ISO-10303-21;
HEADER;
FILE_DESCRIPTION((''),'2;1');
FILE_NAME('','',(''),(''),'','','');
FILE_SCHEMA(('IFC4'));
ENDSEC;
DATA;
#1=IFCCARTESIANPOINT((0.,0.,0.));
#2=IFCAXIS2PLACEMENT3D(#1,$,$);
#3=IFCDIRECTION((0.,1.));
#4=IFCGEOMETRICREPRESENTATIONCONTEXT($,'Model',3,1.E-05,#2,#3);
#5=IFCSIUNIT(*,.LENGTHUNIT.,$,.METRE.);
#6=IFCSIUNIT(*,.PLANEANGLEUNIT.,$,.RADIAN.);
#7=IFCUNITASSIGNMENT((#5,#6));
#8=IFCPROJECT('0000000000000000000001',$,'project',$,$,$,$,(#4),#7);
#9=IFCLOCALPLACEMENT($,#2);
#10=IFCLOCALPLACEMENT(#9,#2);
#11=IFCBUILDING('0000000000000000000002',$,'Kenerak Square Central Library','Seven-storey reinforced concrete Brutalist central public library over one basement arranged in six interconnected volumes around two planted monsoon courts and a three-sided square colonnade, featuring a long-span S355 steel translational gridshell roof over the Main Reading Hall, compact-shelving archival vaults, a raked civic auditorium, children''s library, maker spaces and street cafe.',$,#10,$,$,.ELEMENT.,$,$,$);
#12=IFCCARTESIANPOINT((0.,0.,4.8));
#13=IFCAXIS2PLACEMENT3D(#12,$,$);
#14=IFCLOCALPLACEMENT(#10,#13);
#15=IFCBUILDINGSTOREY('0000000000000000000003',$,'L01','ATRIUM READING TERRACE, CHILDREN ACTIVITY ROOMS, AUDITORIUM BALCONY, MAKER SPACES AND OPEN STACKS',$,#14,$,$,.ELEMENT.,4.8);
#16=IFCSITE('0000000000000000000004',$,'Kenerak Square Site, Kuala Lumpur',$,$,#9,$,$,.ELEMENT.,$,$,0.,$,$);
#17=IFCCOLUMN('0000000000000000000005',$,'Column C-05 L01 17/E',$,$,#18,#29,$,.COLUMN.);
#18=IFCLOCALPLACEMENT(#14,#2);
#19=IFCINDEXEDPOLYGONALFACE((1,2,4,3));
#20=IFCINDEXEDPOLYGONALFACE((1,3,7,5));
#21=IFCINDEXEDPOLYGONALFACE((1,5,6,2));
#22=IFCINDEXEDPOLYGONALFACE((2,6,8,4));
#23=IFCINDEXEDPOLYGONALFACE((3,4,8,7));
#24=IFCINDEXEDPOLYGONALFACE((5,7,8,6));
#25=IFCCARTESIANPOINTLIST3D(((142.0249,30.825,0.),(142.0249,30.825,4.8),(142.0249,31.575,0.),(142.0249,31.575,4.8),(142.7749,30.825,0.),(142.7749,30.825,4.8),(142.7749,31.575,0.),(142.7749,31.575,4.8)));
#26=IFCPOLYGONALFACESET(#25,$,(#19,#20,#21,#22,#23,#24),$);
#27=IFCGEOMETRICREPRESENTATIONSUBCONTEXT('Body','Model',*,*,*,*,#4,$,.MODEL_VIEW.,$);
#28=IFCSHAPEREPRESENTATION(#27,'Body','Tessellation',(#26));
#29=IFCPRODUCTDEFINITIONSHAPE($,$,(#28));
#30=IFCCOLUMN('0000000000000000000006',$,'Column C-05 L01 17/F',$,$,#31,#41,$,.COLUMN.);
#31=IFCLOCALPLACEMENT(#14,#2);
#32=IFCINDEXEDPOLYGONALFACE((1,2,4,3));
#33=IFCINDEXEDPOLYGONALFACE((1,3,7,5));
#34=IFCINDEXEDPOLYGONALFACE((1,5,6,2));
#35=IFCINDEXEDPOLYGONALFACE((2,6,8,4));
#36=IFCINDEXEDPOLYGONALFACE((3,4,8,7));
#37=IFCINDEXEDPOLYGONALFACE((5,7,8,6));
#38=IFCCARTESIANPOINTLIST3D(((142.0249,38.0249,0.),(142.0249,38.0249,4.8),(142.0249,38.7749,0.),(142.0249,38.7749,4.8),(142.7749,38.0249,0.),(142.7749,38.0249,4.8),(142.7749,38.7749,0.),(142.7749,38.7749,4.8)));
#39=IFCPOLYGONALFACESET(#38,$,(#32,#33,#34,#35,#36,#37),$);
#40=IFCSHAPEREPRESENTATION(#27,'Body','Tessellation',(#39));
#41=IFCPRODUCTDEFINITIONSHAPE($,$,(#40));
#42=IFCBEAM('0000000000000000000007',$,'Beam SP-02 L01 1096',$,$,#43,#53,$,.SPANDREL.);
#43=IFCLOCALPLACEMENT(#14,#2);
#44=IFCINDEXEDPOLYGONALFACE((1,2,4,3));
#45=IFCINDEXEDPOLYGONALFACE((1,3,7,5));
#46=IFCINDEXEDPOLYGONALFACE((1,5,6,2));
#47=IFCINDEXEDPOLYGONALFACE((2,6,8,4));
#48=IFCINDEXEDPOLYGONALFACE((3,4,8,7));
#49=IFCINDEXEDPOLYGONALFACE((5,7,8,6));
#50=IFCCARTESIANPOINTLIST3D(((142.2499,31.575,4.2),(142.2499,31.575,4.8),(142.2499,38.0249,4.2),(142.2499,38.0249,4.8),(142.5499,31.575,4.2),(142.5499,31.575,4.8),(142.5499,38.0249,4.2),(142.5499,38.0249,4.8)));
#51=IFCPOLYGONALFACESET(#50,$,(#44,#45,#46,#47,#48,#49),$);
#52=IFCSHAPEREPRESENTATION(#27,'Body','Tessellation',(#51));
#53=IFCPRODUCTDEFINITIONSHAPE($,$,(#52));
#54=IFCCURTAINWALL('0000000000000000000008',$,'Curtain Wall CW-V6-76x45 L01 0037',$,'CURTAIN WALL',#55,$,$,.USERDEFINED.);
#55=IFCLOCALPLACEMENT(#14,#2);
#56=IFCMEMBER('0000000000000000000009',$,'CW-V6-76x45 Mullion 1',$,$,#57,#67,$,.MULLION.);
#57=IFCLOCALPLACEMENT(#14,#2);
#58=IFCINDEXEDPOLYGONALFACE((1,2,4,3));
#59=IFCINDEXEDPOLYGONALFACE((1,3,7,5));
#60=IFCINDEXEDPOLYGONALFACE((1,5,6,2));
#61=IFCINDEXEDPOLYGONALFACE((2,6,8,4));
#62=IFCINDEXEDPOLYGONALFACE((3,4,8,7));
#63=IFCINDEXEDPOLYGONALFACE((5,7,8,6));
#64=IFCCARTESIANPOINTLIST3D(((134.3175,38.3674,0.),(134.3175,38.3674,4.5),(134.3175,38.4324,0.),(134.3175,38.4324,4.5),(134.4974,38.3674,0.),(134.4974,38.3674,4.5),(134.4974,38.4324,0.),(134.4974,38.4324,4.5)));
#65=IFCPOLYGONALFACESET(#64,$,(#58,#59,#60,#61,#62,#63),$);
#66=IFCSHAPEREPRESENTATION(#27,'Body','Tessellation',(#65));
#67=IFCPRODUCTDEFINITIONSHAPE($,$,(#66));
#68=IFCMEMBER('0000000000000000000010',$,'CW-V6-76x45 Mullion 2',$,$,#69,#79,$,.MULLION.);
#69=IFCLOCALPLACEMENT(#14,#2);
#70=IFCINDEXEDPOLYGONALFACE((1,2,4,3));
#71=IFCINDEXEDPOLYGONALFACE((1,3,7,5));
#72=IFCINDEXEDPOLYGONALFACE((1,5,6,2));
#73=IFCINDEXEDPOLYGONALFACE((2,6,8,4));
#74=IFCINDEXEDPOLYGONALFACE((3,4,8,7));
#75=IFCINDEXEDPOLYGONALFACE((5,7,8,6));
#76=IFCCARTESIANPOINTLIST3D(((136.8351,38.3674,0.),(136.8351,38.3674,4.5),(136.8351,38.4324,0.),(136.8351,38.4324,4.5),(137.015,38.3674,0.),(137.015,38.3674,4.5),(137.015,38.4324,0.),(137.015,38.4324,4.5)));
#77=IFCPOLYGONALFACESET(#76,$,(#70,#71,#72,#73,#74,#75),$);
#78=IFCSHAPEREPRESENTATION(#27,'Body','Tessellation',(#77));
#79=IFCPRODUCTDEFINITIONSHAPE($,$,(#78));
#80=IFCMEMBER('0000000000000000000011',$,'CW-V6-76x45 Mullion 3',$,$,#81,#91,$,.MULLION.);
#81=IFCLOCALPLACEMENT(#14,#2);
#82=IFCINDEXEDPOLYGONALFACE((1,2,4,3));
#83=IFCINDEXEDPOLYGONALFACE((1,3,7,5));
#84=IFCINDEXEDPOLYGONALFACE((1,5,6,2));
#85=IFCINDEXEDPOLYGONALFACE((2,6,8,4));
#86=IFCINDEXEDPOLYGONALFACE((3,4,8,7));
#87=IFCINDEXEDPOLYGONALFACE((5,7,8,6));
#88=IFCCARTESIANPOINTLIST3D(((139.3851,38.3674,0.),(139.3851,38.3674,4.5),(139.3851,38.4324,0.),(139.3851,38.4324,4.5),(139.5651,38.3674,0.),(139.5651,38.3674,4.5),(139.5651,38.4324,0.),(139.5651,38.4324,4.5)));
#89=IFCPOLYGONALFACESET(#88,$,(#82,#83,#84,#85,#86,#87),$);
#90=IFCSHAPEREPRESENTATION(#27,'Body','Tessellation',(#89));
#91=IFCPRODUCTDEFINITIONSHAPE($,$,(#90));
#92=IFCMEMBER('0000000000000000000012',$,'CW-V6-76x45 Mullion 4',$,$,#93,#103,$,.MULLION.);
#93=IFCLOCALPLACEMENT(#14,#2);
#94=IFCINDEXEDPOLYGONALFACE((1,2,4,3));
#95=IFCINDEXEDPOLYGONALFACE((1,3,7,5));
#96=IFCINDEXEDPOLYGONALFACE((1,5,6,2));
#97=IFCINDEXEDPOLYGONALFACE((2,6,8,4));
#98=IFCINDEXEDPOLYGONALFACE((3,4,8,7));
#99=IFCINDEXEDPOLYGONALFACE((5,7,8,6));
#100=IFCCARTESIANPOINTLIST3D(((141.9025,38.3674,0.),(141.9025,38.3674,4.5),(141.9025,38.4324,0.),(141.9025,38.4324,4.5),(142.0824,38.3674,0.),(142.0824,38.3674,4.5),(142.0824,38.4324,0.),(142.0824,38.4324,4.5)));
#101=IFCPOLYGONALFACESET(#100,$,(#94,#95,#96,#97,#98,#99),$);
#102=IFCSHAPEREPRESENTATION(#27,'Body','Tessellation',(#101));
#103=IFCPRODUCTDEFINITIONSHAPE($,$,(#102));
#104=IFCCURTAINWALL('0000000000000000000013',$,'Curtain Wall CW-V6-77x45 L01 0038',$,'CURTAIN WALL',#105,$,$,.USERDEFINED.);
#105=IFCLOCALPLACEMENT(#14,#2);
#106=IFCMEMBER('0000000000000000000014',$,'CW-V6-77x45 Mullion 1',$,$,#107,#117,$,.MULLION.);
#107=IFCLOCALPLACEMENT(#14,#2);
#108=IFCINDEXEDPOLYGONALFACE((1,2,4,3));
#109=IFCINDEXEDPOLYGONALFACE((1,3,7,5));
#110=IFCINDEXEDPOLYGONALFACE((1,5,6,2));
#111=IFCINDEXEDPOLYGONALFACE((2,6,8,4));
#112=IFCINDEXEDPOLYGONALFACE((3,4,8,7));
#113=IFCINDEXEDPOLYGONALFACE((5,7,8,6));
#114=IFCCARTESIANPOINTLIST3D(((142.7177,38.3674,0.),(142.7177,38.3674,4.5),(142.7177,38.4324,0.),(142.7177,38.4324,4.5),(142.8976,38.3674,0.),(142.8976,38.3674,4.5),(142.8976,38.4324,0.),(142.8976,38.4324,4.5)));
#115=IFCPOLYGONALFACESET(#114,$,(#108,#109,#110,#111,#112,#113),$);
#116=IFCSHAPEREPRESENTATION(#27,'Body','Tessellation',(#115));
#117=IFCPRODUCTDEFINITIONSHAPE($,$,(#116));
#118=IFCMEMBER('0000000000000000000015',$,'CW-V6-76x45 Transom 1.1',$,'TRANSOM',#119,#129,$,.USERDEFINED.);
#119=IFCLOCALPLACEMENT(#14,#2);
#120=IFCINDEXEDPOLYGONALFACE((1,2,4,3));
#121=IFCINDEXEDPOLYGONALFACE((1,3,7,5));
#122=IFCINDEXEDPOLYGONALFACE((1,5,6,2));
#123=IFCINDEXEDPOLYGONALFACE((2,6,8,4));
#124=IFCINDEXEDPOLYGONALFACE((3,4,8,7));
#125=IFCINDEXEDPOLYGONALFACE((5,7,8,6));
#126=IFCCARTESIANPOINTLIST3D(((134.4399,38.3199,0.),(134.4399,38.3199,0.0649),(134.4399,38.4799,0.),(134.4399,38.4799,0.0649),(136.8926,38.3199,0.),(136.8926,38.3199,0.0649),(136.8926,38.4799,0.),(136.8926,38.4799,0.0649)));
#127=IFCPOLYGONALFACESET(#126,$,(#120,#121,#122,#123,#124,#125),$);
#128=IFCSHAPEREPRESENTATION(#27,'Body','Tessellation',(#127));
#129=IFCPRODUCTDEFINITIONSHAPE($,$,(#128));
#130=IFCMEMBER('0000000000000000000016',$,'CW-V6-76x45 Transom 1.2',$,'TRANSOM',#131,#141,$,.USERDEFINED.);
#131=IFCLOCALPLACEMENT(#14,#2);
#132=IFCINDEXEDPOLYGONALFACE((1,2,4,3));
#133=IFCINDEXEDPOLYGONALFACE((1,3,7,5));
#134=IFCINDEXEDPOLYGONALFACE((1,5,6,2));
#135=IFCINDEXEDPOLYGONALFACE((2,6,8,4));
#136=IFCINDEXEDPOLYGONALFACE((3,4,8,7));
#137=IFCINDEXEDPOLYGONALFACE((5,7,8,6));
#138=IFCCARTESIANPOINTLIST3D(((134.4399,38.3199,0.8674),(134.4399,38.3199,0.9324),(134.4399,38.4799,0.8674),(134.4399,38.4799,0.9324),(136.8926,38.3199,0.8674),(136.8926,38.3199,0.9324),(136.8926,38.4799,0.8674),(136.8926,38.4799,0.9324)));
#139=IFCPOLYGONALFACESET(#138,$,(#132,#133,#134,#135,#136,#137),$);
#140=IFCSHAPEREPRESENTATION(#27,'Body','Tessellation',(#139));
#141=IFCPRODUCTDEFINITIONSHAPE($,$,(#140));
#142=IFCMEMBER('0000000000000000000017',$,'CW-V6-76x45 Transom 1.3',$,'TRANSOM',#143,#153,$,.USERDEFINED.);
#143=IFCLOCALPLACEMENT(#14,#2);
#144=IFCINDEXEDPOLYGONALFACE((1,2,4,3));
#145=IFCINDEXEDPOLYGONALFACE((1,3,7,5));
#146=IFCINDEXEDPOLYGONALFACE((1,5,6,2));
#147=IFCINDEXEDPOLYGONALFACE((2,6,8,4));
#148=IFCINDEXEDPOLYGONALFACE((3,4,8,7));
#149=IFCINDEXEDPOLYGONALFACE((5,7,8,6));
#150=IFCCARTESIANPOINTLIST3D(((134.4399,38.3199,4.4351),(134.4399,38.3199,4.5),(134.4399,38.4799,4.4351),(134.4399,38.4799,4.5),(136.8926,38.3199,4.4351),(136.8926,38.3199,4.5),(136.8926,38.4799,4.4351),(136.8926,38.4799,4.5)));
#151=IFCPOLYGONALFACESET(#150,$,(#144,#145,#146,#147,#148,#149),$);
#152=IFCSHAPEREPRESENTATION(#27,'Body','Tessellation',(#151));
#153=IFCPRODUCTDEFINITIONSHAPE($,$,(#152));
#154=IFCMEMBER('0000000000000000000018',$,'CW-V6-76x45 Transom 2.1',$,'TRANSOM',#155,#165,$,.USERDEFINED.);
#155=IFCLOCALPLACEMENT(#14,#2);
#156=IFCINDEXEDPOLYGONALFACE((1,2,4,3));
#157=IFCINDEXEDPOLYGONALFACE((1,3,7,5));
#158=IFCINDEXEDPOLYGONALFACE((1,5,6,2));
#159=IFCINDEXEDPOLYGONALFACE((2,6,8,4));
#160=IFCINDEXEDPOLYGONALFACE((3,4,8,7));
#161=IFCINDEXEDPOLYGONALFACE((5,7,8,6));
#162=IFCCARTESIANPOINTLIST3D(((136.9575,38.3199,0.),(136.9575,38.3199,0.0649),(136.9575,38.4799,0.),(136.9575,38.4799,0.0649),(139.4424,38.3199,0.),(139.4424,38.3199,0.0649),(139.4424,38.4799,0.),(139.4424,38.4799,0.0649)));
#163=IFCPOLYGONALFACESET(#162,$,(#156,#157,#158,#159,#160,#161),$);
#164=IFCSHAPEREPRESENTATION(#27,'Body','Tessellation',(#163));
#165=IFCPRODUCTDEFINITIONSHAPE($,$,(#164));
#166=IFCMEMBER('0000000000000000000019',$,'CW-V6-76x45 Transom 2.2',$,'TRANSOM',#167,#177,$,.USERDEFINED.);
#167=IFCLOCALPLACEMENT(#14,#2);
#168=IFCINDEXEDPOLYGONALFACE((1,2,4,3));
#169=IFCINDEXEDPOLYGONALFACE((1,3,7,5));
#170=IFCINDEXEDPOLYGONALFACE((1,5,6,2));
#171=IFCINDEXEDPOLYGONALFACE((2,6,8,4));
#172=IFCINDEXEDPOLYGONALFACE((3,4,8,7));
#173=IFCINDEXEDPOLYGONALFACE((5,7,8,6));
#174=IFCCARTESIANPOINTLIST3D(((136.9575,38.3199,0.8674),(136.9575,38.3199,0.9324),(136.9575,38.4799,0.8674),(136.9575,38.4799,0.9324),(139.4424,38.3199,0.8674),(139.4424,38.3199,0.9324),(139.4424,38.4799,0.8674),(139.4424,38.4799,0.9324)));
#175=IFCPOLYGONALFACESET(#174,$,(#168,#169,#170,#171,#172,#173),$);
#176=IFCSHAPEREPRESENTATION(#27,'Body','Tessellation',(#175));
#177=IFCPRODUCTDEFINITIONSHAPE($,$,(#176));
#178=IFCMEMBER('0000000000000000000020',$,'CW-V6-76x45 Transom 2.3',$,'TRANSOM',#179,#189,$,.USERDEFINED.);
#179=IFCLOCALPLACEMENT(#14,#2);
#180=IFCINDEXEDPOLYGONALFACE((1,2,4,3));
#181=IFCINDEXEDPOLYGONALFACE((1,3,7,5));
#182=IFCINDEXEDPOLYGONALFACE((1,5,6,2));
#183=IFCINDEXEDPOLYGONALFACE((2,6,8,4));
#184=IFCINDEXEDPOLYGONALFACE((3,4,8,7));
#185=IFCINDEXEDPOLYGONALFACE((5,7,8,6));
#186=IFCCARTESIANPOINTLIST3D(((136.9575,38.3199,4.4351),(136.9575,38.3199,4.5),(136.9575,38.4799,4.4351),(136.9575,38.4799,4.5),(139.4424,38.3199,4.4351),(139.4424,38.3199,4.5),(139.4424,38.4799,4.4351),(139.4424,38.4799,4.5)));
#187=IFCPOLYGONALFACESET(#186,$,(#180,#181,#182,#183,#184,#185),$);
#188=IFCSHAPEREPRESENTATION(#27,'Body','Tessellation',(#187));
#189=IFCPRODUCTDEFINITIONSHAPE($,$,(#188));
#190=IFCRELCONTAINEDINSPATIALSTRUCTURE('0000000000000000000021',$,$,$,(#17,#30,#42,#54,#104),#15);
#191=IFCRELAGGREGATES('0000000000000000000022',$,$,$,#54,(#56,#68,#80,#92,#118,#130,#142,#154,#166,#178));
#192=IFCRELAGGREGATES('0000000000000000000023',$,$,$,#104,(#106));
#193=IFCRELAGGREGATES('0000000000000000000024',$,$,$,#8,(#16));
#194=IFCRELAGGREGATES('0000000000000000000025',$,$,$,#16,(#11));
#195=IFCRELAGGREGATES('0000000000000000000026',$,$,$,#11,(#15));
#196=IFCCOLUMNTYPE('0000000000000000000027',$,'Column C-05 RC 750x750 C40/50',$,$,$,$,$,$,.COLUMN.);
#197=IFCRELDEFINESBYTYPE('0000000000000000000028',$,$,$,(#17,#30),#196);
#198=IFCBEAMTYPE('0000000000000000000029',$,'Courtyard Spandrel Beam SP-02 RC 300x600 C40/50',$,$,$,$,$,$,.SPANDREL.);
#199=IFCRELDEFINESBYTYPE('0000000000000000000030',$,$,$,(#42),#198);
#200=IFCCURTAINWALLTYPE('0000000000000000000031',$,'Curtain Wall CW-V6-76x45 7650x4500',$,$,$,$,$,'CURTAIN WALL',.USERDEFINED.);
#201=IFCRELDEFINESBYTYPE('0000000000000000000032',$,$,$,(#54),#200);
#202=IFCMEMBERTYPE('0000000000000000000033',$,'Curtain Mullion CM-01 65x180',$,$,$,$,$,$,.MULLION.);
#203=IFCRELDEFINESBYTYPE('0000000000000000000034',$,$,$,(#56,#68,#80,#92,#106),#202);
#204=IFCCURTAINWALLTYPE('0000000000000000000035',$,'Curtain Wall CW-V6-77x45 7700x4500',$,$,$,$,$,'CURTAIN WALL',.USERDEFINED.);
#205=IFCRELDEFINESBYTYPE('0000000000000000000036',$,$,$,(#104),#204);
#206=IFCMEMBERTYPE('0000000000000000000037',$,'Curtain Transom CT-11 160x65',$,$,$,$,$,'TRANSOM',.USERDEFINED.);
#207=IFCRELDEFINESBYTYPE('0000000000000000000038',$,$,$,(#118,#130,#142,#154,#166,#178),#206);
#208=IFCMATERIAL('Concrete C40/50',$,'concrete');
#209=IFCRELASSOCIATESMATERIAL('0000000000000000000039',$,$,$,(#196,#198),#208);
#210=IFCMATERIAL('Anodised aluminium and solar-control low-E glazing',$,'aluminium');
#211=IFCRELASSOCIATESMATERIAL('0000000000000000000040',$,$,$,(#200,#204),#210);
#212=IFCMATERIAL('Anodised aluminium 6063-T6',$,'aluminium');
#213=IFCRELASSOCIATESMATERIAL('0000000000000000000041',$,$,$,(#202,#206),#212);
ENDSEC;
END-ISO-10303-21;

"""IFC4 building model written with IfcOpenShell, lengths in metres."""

from ifc_helpers import new_model, si_unit, direction, frame, origin, origin_2d, place, context, subcontext, project, spatial, rectangle, extrude, material, material_profile, profile_set, type_object, element, aggregate, save


model = new_model("IFC4")

# Units and contexts
model_context = context("Model", 3, precision=1e-05, world=origin(), true_north=direction((0.0, 1.0)))
body_context = subcontext(model_context, "Body", "Model", "MODEL_VIEW")
ifc_project = project(units=[si_unit("LENGTHUNIT", "METRE"), si_unit("PLANEANGLEUNIT", "RADIAN")], contexts=[model_context])

# Site, building, storey
site_placement = place(None, origin())
site = spatial("IfcSite", under=ifc_project, at=site_placement, Name="Kenerak Square Site, Kuala Lumpur", CompositionType="ELEMENT", RefElevation=0.0)
building_placement = place(site_placement, origin())
building = spatial("IfcBuilding", under=site, at=building_placement, Name="Kenerak Square Central Library", Description="Seven-storey reinforced concrete Brutalist central public library over one basement arranged in six interconnected volumes around two planted monsoon courts and a three-sided square colonnade, featuring a long-span S355 steel translational gridshell roof over the Main Reading Hall, compact-shelving archival vaults, a raked civic auditorium, children's library, maker spaces and street cafe.", CompositionType="ELEMENT")
storey_placement = place(building_placement, frame((0.0, 0.0, 4.8)))
storey = spatial("IfcBuildingStorey", under=building, at=storey_placement, Name="L01", Description="ATRIUM READING TERRACE, CHILDREN ACTIVITY ROOMS, AUDITORIUM BALCONY, MAKER SPACES AND OPEN STACKS", CompositionType="ELEMENT", Elevation=4.8)

# Columns
ifc_material_1 = material(Name="Concrete C40/50", Category="concrete")
ifc_material_profile_1 = material_profile(ifc_material_1, rectangle(XDim=0.75, YDim=0.75, at=origin_2d()), Name="RC 750x750")
ifc_profile_set_1 = profile_set([ifc_material_profile_1], Name="Concrete C40/50")
column_type = type_object("IfcColumnType", Name="Column C-05 RC 750x750 C40/50", PredefinedType="COLUMN", material=ifc_profile_set_1)
for number, where, z_axis, x_axis, name in (
    (1, (142.3999, 31.2, 0.0), (0.0, 0.0, 1.0), (1.0, 0.0, 0.0), "Column C-05 L01 17/E"),
    (2, (142.3999, 38.3999, 0.0), (0.0, 0.0, 1.0), (1.0, 0.0, 0.0), "Column C-05 L01 17/F"),
):
    element("IfcColumn", number, at=place(storey_placement, frame(where, z_axis=z_axis, x_axis=x_axis)), inside=storey, type_object=column_type, Name=name, PredefinedType="COLUMN", context=body_context, shape_type="SweptSolid", body=[
        extrude(rectangle(XDim=0.75, YDim=0.75, at=origin_2d()), origin(), (0.0, 0.0, 1.0), 4.8),
    ])

# Beam
ifc_material_profile_2 = material_profile(ifc_material_1, rectangle(XDim=0.3, YDim=0.6001, at=origin_2d()), Name="RC 300x600")
ifc_profile_set_2 = profile_set([ifc_material_profile_2], Name="Concrete C40/50")
beam_type_1 = type_object("IfcBeamType", Name="Courtyard Spandrel Beam SP-02 RC 300x600 C40/50", PredefinedType="SPANDREL", material=ifc_profile_set_2)
beam_1_placement = place(storey_placement, frame((142.3999, 31.575, 4.5), z_axis=(0.0, 1.0, 0.0), x_axis=(-1.0, 0.0, 0.0)))
element("IfcBeam", 3, at=beam_1_placement, inside=storey, type_object=beam_type_1, Name="Beam SP-02 L01 1096", PredefinedType="SPANDREL", context=body_context, shape_type="SweptSolid", body=[
    extrude(rectangle(XDim=0.3, YDim=0.6001, at=origin_2d()), origin(), (0.0, 0.0, 1.0), 6.45),
])

# Curtain wall, members
ifc_material_2 = material(Name="Anodised aluminium and solar-control low-E glazing", Category="aluminium")
curtain_wall_type_1 = type_object("IfcCurtainWallType", Name="Curtain Wall CW-V6-76x45 7650x4500", ElementType="CURTAIN WALL", PredefinedType="USERDEFINED", material=ifc_material_2)
curtain_wall_1_placement = place(storey_placement, origin())
curtain_wall_1 = element("IfcCurtainWall", 4, at=curtain_wall_1_placement, inside=storey, type_object=curtain_wall_type_1, Name="Curtain Wall CW-V6-76x45 L01 0037", ObjectType="CURTAIN WALL", PredefinedType="USERDEFINED")
ifc_material_3 = material(Name="Anodised aluminium 6063-T6", Category="aluminium")
ifc_material_profile_3 = material_profile(ifc_material_3, rectangle(XDim=0.0649, YDim=0.1799, at=origin_2d()), Name="AL MULLION 65x180")
ifc_profile_set_3 = profile_set([ifc_material_profile_3], Name="Anodised aluminium 6063-T6")
member_type_1 = type_object("IfcMemberType", Name="Curtain Mullion CM-01 65x180", PredefinedType="MULLION", material=ifc_profile_set_3)
member_1_placement = place(storey_placement, frame((134.4075, 38.3999, 0.0), z_axis=(0.0, 0.0, 1.0), x_axis=(0.0, 1.0, 0.0)))
member_1 = element("IfcMember", 5, at=member_1_placement, type_object=member_type_1, Name="CW-V6-76x45 Mullion 1", PredefinedType="MULLION", context=body_context, shape_type="SweptSolid", body=[
    extrude(rectangle(XDim=0.0649, YDim=0.1799, at=origin_2d()), origin(), (0.0, 0.0, 1.0), 4.5),
])
member_2_placement = place(storey_placement, frame((136.925, 38.3999, 0.0), z_axis=(0.0, 0.0, 1.0), x_axis=(0.0, 1.0, 0.0)))
member_2 = element("IfcMember", 6, at=member_2_placement, type_object=member_type_1, Name="CW-V6-76x45 Mullion 2", PredefinedType="MULLION", context=body_context, shape_type="SweptSolid", body=[
    extrude(rectangle(XDim=0.0649, YDim=0.1799, at=origin_2d()), origin(), (0.0, 0.0, 1.0), 4.5),
])
member_3_placement = place(storey_placement, frame((139.4751, 38.3999, 0.0), z_axis=(0.0, 0.0, 1.0), x_axis=(0.0, 1.0, 0.0)))
member_3 = element("IfcMember", 7, at=member_3_placement, type_object=member_type_1, Name="CW-V6-76x45 Mullion 3", PredefinedType="MULLION", context=body_context, shape_type="SweptSolid", body=[
    extrude(rectangle(XDim=0.0649, YDim=0.1799, at=origin_2d()), origin(), (0.0, 0.0, 1.0), 4.5),
])
member_4_placement = place(storey_placement, frame((141.9924, 38.3999, 0.0), z_axis=(0.0, 0.0, 1.0), x_axis=(0.0, 1.0, 0.0)))
member_4 = element("IfcMember", 8, at=member_4_placement, type_object=member_type_1, Name="CW-V6-76x45 Mullion 4", PredefinedType="MULLION", context=body_context, shape_type="SweptSolid", body=[
    extrude(rectangle(XDim=0.0649, YDim=0.1799, at=origin_2d()), origin(), (0.0, 0.0, 1.0), 4.5),
])

# Curtain wall, member
curtain_wall_type_2 = type_object("IfcCurtainWallType", Name="Curtain Wall CW-V6-77x45 7700x4500", ElementType="CURTAIN WALL", PredefinedType="USERDEFINED", material=ifc_material_2)
curtain_wall_2_placement = place(storey_placement, origin())
curtain_wall_2 = element("IfcCurtainWall", 9, at=curtain_wall_2_placement, inside=storey, type_object=curtain_wall_type_2, Name="Curtain Wall CW-V6-77x45 L01 0038", ObjectType="CURTAIN WALL", PredefinedType="USERDEFINED")
member_5_placement = place(storey_placement, frame((142.8076, 38.3999, 0.0), z_axis=(0.0, 0.0, 1.0), x_axis=(0.0, 1.0, 0.0)))
member_5 = element("IfcMember", 10, at=member_5_placement, type_object=member_type_1, Name="CW-V6-77x45 Mullion 1", PredefinedType="MULLION", context=body_context, shape_type="SweptSolid", body=[
    extrude(rectangle(XDim=0.0649, YDim=0.1799, at=origin_2d()), origin(), (0.0, 0.0, 1.0), 4.5),
])

# Members
ifc_material_profile_4 = material_profile(ifc_material_3, rectangle(XDim=0.1599, YDim=0.0649, at=origin_2d()), Name="AL TRANSOM 160x65")
ifc_profile_set_4 = profile_set([ifc_material_profile_4], Name="Anodised aluminium 6063-T6")
member_type_2 = type_object("IfcMemberType", Name="Curtain Transom CT-11 160x65", ElementType="TRANSOM", PredefinedType="USERDEFINED", material=ifc_profile_set_4)
member_6_placement = place(storey_placement, frame((134.4399, 38.3999, 0.0325), z_axis=(1.0, 0.0, 0.0), x_axis=(0.0, 1.0, 0.0)))
member_6 = element("IfcMember", 11, at=member_6_placement, type_object=member_type_2, Name="CW-V6-76x45 Transom 1.1", ObjectType="TRANSOM", PredefinedType="USERDEFINED", context=body_context, shape_type="SweptSolid", body=[
    extrude(rectangle(XDim=0.1599, YDim=0.0649, at=origin_2d()), origin(), (0.0, 0.0, 1.0), 2.4526),
])
member_7_placement = place(storey_placement, frame((134.4399, 38.3999, 0.8999), z_axis=(1.0, 0.0, 0.0), x_axis=(0.0, 1.0, 0.0)))
member_7 = element("IfcMember", 12, at=member_7_placement, type_object=member_type_2, Name="CW-V6-76x45 Transom 1.2", ObjectType="TRANSOM", PredefinedType="USERDEFINED", context=body_context, shape_type="SweptSolid", body=[
    extrude(rectangle(XDim=0.1599, YDim=0.0649, at=origin_2d()), origin(), (0.0, 0.0, 1.0), 2.4526),
])
member_8_placement = place(storey_placement, frame((134.4399, 38.3999, 4.4675), z_axis=(1.0, 0.0, 0.0), x_axis=(0.0, 1.0, 0.0)))
member_8 = element("IfcMember", 13, at=member_8_placement, type_object=member_type_2, Name="CW-V6-76x45 Transom 1.3", ObjectType="TRANSOM", PredefinedType="USERDEFINED", context=body_context, shape_type="SweptSolid", body=[
    extrude(rectangle(XDim=0.1599, YDim=0.0649, at=origin_2d()), origin(), (0.0, 0.0, 1.0), 2.4526),
])
member_9_placement = place(storey_placement, frame((136.9575, 38.3999, 0.0325), z_axis=(1.0, 0.0, 0.0), x_axis=(0.0, 1.0, 0.0)))
member_9 = element("IfcMember", 14, at=member_9_placement, type_object=member_type_2, Name="CW-V6-76x45 Transom 2.1", ObjectType="TRANSOM", PredefinedType="USERDEFINED", context=body_context, shape_type="SweptSolid", body=[
    extrude(rectangle(XDim=0.1599, YDim=0.0649, at=origin_2d()), origin(), (0.0, 0.0, 1.0), 2.4849),
])
member_10_placement = place(storey_placement, frame((136.9575, 38.3999, 0.8999), z_axis=(1.0, 0.0, 0.0), x_axis=(0.0, 1.0, 0.0)))
member_10 = element("IfcMember", 15, at=member_10_placement, type_object=member_type_2, Name="CW-V6-76x45 Transom 2.2", ObjectType="TRANSOM", PredefinedType="USERDEFINED", context=body_context, shape_type="SweptSolid", body=[
    extrude(rectangle(XDim=0.1599, YDim=0.0649, at=origin_2d()), origin(), (0.0, 0.0, 1.0), 2.4849),
])
member_11_placement = place(storey_placement, frame((136.9575, 38.3999, 4.4675), z_axis=(1.0, 0.0, 0.0), x_axis=(0.0, 1.0, 0.0)))
member_11 = element("IfcMember", 16, at=member_11_placement, type_object=member_type_2, Name="CW-V6-76x45 Transom 2.3", ObjectType="TRANSOM", PredefinedType="USERDEFINED", context=body_context, shape_type="SweptSolid", body=[
    extrude(rectangle(XDim=0.1599, YDim=0.0649, at=origin_2d()), origin(), (0.0, 0.0, 1.0), 2.4849),
])

aggregate(curtain_wall_1, [member_1, member_2, member_3, member_4, member_6, member_7, member_8, member_9, member_10, member_11])
aggregate(curtain_wall_2, [member_5])

save(model, "model.ifc")
